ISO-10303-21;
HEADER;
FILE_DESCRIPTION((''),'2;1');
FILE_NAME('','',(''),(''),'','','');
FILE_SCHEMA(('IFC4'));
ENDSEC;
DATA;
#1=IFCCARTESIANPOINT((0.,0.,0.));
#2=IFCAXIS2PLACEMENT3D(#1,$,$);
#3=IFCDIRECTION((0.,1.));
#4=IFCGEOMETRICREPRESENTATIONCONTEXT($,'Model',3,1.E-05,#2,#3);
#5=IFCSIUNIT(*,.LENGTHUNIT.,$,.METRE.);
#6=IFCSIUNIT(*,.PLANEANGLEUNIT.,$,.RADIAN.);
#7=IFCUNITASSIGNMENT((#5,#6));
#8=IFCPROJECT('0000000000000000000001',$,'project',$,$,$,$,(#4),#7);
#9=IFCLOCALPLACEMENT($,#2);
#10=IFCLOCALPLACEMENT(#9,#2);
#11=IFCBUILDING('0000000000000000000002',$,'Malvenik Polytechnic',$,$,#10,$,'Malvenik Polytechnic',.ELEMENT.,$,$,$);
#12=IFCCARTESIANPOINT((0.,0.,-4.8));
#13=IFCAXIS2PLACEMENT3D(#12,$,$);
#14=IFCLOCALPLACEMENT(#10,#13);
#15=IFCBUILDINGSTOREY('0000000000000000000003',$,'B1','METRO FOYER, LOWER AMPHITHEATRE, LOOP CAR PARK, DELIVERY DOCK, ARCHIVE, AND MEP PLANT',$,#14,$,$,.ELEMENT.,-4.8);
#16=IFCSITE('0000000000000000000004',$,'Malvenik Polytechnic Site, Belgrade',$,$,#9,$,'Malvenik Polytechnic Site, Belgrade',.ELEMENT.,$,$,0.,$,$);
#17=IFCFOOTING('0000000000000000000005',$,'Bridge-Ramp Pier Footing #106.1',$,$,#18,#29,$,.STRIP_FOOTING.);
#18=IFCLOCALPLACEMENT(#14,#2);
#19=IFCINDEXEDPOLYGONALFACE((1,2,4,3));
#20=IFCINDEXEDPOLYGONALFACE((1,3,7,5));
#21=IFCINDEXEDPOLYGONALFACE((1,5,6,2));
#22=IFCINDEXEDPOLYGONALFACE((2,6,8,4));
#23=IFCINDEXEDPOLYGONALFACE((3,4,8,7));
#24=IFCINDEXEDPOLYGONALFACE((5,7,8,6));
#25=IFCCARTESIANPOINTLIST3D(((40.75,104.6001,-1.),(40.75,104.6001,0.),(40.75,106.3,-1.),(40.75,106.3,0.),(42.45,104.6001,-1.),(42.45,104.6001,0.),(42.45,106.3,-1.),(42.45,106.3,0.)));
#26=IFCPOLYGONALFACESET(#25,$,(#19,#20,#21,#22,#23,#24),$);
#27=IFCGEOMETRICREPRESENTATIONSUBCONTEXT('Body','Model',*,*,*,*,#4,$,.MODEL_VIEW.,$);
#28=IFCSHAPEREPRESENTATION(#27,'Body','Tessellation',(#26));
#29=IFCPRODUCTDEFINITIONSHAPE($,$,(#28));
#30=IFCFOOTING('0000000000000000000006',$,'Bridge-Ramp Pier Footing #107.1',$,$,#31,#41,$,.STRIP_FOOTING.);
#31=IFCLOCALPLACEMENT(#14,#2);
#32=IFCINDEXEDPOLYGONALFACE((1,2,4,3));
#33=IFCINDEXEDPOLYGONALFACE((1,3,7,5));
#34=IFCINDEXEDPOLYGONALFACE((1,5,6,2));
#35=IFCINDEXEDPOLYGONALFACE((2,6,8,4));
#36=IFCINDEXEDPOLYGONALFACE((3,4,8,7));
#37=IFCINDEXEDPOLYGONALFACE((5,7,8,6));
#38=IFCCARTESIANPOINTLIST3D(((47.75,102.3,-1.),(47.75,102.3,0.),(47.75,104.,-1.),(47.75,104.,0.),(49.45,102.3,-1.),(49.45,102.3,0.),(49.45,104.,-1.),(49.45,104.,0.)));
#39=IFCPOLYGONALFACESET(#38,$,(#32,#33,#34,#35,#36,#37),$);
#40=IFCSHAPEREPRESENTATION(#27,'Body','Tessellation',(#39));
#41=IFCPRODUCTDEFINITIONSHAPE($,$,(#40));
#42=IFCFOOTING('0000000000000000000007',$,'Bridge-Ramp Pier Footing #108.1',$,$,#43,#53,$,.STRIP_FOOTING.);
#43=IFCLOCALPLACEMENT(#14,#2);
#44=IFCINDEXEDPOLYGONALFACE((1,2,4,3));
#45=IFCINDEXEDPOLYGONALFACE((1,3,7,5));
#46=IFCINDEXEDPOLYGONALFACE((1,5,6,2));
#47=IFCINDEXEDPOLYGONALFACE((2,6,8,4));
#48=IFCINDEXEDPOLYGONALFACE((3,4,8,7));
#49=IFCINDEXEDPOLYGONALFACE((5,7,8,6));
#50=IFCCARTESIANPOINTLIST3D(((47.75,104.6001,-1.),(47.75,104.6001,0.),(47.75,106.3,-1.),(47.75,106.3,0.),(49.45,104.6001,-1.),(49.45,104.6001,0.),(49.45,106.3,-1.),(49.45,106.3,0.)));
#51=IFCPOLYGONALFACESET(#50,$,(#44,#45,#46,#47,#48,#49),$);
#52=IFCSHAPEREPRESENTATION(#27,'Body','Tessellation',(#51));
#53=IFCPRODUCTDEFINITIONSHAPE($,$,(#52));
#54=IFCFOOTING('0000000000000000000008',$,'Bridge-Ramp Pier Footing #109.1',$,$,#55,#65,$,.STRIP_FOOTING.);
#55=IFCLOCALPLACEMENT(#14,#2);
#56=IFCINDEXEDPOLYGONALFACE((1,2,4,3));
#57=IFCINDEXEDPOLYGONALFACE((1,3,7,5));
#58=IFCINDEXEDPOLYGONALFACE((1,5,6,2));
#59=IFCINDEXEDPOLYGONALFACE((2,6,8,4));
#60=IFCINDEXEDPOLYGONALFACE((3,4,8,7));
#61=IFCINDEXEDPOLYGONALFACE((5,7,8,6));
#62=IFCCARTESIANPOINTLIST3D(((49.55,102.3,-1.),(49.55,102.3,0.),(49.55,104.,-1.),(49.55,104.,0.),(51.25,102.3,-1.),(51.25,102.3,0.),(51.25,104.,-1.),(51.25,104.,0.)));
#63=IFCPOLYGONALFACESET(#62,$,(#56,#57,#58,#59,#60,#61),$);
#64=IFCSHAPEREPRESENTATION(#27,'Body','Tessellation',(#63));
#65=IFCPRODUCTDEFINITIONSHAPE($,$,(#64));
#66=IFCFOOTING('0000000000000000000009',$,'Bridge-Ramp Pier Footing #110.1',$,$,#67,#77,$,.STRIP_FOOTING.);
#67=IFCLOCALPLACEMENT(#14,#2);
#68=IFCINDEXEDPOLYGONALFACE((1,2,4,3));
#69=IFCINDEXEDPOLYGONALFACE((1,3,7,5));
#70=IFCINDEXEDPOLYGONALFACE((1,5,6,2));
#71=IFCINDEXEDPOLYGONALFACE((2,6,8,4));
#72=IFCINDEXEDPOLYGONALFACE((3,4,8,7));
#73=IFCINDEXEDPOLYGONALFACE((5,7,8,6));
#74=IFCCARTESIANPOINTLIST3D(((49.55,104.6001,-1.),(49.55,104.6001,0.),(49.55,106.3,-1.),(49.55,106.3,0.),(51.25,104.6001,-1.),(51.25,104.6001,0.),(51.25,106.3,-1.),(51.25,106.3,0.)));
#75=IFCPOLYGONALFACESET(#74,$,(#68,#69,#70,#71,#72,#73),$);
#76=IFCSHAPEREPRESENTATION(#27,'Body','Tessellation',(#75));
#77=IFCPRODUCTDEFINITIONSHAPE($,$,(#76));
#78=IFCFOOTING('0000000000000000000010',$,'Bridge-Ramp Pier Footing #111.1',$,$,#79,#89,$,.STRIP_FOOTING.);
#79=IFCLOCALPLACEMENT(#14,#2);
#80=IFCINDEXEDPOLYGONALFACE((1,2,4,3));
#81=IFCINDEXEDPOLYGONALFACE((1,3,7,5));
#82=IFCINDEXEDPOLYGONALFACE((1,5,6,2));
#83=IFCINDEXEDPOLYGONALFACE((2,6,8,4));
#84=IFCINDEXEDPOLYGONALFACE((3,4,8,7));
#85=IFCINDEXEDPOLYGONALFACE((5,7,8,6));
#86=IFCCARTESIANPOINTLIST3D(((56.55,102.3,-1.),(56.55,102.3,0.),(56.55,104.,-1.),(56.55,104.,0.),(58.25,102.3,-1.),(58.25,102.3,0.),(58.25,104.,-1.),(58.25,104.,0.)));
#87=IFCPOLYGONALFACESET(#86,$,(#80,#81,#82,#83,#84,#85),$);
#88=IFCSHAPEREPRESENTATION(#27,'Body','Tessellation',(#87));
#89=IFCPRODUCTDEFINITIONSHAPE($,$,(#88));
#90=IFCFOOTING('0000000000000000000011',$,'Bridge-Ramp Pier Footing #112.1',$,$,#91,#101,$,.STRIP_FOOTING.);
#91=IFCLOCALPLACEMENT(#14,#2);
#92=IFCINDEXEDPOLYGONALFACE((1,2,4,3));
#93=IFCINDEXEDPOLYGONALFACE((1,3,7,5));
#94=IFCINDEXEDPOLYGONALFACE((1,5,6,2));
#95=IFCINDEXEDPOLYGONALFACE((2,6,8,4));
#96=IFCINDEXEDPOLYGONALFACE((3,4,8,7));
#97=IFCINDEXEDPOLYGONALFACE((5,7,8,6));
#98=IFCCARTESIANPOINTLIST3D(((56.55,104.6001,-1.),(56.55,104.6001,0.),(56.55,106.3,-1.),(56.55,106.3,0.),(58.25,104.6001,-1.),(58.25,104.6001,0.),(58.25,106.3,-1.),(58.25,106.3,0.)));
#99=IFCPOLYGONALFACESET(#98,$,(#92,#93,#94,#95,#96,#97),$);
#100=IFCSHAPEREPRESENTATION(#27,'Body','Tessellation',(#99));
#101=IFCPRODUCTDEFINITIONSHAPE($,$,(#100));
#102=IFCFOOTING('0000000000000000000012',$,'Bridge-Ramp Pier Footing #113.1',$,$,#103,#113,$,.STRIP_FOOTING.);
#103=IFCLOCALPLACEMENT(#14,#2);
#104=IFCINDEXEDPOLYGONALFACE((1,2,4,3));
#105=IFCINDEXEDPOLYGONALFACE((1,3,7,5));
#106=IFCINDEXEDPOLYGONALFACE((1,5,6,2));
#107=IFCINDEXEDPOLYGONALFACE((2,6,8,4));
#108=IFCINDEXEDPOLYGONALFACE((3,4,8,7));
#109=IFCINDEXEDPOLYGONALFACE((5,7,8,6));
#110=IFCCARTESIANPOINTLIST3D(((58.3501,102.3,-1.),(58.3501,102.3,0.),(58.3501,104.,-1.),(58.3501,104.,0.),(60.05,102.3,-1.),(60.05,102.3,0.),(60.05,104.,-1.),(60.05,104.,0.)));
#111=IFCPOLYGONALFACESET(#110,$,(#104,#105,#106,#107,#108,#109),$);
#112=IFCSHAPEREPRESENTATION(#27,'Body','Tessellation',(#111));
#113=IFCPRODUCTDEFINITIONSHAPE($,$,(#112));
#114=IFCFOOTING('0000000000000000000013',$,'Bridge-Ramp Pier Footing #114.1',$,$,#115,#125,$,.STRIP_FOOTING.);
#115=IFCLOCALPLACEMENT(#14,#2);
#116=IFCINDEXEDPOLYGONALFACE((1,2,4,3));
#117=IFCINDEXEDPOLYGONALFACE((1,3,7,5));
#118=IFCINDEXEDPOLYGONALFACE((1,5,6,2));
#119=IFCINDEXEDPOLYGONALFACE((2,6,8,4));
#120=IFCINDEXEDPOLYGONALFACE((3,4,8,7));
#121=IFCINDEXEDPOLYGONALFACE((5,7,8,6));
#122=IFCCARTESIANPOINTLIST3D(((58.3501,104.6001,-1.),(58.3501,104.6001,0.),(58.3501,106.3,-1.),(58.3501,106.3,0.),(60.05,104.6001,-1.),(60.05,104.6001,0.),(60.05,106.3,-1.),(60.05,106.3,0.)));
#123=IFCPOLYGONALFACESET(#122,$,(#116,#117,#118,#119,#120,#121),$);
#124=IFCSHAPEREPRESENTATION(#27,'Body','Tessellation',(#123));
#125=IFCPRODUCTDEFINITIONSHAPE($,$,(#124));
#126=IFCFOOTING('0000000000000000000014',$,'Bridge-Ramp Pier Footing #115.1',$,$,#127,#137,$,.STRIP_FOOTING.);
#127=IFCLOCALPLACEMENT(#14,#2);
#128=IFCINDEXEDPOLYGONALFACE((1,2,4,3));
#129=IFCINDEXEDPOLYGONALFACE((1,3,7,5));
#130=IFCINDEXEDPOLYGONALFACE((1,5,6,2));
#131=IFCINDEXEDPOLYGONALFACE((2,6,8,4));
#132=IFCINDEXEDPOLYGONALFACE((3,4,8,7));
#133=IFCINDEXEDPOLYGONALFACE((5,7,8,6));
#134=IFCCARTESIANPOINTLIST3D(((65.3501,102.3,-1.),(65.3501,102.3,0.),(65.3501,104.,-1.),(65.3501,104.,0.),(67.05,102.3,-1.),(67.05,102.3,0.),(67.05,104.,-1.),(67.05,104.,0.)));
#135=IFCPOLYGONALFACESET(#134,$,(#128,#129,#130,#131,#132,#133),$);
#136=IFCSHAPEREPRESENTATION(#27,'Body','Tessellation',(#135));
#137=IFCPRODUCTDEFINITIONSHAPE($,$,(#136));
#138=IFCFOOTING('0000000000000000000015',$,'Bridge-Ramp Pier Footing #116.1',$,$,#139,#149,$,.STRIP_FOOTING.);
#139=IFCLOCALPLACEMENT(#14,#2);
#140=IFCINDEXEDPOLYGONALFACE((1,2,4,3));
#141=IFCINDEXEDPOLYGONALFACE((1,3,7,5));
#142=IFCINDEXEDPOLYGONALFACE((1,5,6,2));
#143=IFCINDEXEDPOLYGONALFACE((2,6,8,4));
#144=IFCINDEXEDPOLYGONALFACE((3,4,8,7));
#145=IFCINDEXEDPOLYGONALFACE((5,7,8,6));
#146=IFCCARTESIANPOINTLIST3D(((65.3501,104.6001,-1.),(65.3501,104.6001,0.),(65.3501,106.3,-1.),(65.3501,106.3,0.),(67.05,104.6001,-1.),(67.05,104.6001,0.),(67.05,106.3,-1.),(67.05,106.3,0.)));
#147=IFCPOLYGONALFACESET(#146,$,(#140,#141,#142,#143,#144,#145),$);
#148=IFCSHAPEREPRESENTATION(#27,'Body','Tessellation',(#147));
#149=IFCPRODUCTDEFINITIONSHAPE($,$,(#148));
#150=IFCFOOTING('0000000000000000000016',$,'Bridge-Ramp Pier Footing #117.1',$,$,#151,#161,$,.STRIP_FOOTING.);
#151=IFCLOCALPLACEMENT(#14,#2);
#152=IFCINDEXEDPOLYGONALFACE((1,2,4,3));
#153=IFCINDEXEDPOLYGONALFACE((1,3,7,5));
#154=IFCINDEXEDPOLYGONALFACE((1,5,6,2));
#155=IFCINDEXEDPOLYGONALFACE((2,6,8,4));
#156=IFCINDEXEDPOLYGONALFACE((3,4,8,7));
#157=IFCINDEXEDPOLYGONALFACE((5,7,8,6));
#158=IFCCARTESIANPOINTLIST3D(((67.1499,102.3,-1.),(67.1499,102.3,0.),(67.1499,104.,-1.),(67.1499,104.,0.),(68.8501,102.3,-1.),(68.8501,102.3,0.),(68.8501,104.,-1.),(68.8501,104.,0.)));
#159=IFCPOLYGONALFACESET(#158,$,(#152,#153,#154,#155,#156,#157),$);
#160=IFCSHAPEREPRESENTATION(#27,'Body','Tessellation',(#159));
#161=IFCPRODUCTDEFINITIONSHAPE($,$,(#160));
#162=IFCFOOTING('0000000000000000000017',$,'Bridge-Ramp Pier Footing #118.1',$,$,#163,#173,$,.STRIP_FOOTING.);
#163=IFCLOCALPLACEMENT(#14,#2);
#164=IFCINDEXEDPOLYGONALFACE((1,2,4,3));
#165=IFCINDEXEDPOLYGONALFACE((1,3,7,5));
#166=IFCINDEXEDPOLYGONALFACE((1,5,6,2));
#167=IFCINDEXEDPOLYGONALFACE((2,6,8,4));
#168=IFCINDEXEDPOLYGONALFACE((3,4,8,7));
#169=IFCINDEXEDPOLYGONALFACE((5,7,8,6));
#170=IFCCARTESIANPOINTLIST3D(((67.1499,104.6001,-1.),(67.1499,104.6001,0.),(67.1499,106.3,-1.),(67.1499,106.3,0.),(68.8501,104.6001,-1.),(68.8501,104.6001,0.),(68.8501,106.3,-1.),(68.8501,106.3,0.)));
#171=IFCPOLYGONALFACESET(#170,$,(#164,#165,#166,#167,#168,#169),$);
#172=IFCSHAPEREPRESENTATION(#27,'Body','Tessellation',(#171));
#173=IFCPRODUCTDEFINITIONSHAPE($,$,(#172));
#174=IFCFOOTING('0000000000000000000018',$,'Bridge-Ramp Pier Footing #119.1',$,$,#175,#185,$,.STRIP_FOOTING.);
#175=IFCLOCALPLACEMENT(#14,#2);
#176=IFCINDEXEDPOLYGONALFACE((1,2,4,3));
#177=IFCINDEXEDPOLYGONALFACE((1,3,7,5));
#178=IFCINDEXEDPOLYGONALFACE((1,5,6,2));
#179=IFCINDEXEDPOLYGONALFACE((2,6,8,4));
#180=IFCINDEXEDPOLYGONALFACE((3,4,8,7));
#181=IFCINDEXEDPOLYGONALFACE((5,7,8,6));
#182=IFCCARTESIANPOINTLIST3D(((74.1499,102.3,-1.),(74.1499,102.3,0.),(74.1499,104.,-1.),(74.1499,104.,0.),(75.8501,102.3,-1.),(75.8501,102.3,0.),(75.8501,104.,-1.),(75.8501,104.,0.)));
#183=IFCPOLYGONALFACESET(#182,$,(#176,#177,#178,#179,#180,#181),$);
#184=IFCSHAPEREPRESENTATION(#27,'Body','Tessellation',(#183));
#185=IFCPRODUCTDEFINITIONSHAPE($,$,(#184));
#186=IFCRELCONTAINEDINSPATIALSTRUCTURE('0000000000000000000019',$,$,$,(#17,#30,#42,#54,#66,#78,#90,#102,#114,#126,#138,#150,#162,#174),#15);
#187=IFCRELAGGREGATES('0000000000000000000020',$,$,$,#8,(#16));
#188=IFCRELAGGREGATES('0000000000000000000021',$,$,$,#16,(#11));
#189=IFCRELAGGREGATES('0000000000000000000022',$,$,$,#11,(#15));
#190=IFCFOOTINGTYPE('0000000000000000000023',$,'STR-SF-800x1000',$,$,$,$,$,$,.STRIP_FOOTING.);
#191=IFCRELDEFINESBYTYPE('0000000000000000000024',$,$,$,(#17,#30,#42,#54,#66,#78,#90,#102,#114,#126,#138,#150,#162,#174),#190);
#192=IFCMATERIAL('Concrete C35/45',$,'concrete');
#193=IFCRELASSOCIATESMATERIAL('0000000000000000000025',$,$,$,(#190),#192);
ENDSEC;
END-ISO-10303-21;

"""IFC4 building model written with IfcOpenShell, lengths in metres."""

from ifc_helpers import new_model, si_unit, direction, frame, origin, place, context, subcontext, project, spatial, polyline, outline, extrude, material, type_object, element, save


model = new_model("IFC4")

# Units and contexts
model_context = context("Model", 3, precision=1e-05, world=origin(), true_north=direction((0.0, 1.0)))
body_context = subcontext(model_context, "Body", "Model", "MODEL_VIEW")
ifc_project = project(units=[si_unit("LENGTHUNIT", "METRE"), si_unit("PLANEANGLEUNIT", "RADIAN")], contexts=[model_context])

# Site, building, storey
site_placement = place(None, origin())
site = spatial("IfcSite", under=ifc_project, at=site_placement, Name="Malvenik Polytechnic Site, Belgrade", LongName="Malvenik Polytechnic Site, Belgrade", CompositionType="ELEMENT", RefElevation=0.0)
building_placement = place(site_placement, origin())
building = spatial("IfcBuilding", under=site, at=building_placement, Name="Malvenik Polytechnic", LongName="Malvenik Polytechnic", CompositionType="ELEMENT")
storey_placement = place(building_placement, frame((0.0, 0.0, -4.8)))
storey = spatial("IfcBuildingStorey", under=building, at=storey_placement, Name="B1", Description="METRO FOYER, LOWER AMPHITHEATRE, LOOP CAR PARK, DELIVERY DOCK, ARCHIVE, AND MEP PLANT", CompositionType="ELEMENT", Elevation=-4.8)

# Footings
ifc_material = material(Name="Concrete C35/45", Category="concrete")
footing_type = type_object("IfcFootingType", Name="STR-SF-800x1000", PredefinedType="STRIP_FOOTING", material=ifc_material)
footing_1_placement = place(storey_placement, frame((0.0, 0.0, -1.0)))
element("IfcFooting", 1, at=footing_1_placement, inside=storey, type_object=footing_type, Name="Bridge-Ramp Pier Footing #106.1", PredefinedType="STRIP_FOOTING", context=body_context, shape_type="SweptSolid", body=[
    extrude(outline(polyline([(40.75, 104.6001), (40.75, 106.3), (42.45, 106.3), (42.45, 104.6001), (40.75, 104.6001)])), origin(), (0.0, 0.0, 1.0), 1.0),
])
footing_2_placement = place(storey_placement, frame((0.0, 0.0, -1.0)))
element("IfcFooting", 2, at=footing_2_placement, inside=storey, type_object=footing_type, Name="Bridge-Ramp Pier Footing #107.1", PredefinedType="STRIP_FOOTING", context=body_context, shape_type="SweptSolid", body=[
    extrude(outline(polyline([(47.75, 102.3), (47.75, 104.0), (49.45, 104.0), (49.45, 102.3), (47.75, 102.3)])), origin(), (0.0, 0.0, 1.0), 1.0),
])
footing_3_placement = place(storey_placement, frame((0.0, 0.0, -1.0)))
element("IfcFooting", 3, at=footing_3_placement, inside=storey, type_object=footing_type, Name="Bridge-Ramp Pier Footing #108.1", PredefinedType="STRIP_FOOTING", context=body_context, shape_type="SweptSolid", body=[
    extrude(outline(polyline([(47.75, 104.6001), (47.75, 106.3), (49.45, 106.3), (49.45, 104.6001), (47.75, 104.6001)])), origin(), (0.0, 0.0, 1.0), 1.0),
])
footing_4_placement = place(storey_placement, frame((0.0, 0.0, -1.0)))
element("IfcFooting", 4, at=footing_4_placement, inside=storey, type_object=footing_type, Name="Bridge-Ramp Pier Footing #109.1", PredefinedType="STRIP_FOOTING", context=body_context, shape_type="SweptSolid", body=[
    extrude(outline(polyline([(49.55, 102.3), (49.55, 104.0), (51.25, 104.0), (51.25, 102.3), (49.55, 102.3)])), origin(), (0.0, 0.0, 1.0), 1.0),
])
footing_5_placement = place(storey_placement, frame((0.0, 0.0, -1.0)))
element("IfcFooting", 5, at=footing_5_placement, inside=storey, type_object=footing_type, Name="Bridge-Ramp Pier Footing #110.1", PredefinedType="STRIP_FOOTING", context=body_context, shape_type="SweptSolid", body=[
    extrude(outline(polyline([(49.55, 104.6001), (49.55, 106.3), (51.25, 106.3), (51.25, 104.6001), (49.55, 104.6001)])), origin(), (0.0, 0.0, 1.0), 1.0),
])
footing_6_placement = place(storey_placement, frame((0.0, 0.0, -1.0)))
element("IfcFooting", 6, at=footing_6_placement, inside=storey, type_object=footing_type, Name="Bridge-Ramp Pier Footing #111.1", PredefinedType="STRIP_FOOTING", context=body_context, shape_type="SweptSolid", body=[
    extrude(outline(polyline([(56.55, 102.3), (56.55, 104.0), (58.25, 104.0), (58.25, 102.3), (56.55, 102.3)])), origin(), (0.0, 0.0, 1.0), 1.0),
])
footing_7_placement = place(storey_placement, frame((0.0, 0.0, -1.0)))
element("IfcFooting", 7, at=footing_7_placement, inside=storey, type_object=footing_type, Name="Bridge-Ramp Pier Footing #112.1", PredefinedType="STRIP_FOOTING", context=body_context, shape_type="SweptSolid", body=[
    extrude(outline(polyline([(56.55, 104.6001), (56.55, 106.3), (58.25, 106.3), (58.25, 104.6001), (56.55, 104.6001)])), origin(), (0.0, 0.0, 1.0), 1.0),
])
footing_8_placement = place(storey_placement, frame((0.0, 0.0, -1.0)))
element("IfcFooting", 8, at=footing_8_placement, inside=storey, type_object=footing_type, Name="Bridge-Ramp Pier Footing #113.1", PredefinedType="STRIP_FOOTING", context=body_context, shape_type="SweptSolid", body=[
    extrude(outline(polyline([(58.3501, 102.3), (58.3501, 104.0), (60.05, 104.0), (60.05, 102.3), (58.3501, 102.3)])), origin(), (0.0, 0.0, 1.0), 1.0),
])
footing_9_placement = place(storey_placement, frame((0.0, 0.0, -1.0)))
element("IfcFooting", 9, at=footing_9_placement, inside=storey, type_object=footing_type, Name="Bridge-Ramp Pier Footing #114.1", PredefinedType="STRIP_FOOTING", context=body_context, shape_type="SweptSolid", body=[
    extrude(outline(polyline([(58.3501, 104.6001), (58.3501, 106.3), (60.05, 106.3), (60.05, 104.6001), (58.3501, 104.6001)])), origin(), (0.0, 0.0, 1.0), 1.0),
])
footing_10_placement = place(storey_placement, frame((0.0, 0.0, -1.0)))
element("IfcFooting", 10, at=footing_10_placement, inside=storey, type_object=footing_type, Name="Bridge-Ramp Pier Footing #115.1", PredefinedType="STRIP_FOOTING", context=body_context, shape_type="SweptSolid", body=[
    extrude(outline(polyline([(65.3501, 102.3), (65.3501, 104.0), (67.05, 104.0), (67.05, 102.3), (65.3501, 102.3)])), origin(), (0.0, 0.0, 1.0), 1.0),
])
footing_11_placement = place(storey_placement, frame((0.0, 0.0, -1.0)))
element("IfcFooting", 11, at=footing_11_placement, inside=storey, type_object=footing_type, Name="Bridge-Ramp Pier Footing #116.1", PredefinedType="STRIP_FOOTING", context=body_context, shape_type="SweptSolid", body=[
    extrude(outline(polyline([(65.3501, 104.6001), (65.3501, 106.3), (67.05, 106.3), (67.05, 104.6001), (65.3501, 104.6001)])), origin(), (0.0, 0.0, 1.0), 1.0),
])
footing_12_placement = place(storey_placement, frame((0.0, 0.0, -1.0)))
element("IfcFooting", 12, at=footing_12_placement, inside=storey, type_object=footing_type, Name="Bridge-Ramp Pier Footing #117.1", PredefinedType="STRIP_FOOTING", context=body_context, shape_type="SweptSolid", body=[
    extrude(outline(polyline([(67.1499, 102.3), (67.1499, 104.0), (68.8501, 104.0), (68.8501, 102.3), (67.1499, 102.3)])), origin(), (0.0, 0.0, 1.0), 1.0),
])
footing_13_placement = place(storey_placement, frame((0.0, 0.0, -1.0)))
element("IfcFooting", 13, at=footing_13_placement, inside=storey, type_object=footing_type, Name="Bridge-Ramp Pier Footing #118.1", PredefinedType="STRIP_FOOTING", context=body_context, shape_type="SweptSolid", body=[
    extrude(outline(polyline([(67.1499, 104.6001), (67.1499, 106.3), (68.8501, 106.3), (68.8501, 104.6001), (67.1499, 104.6001)])), origin(), (0.0, 0.0, 1.0), 1.0),
])
footing_14_placement = place(storey_placement, frame((0.0, 0.0, -1.0)))
element("IfcFooting", 14, at=footing_14_placement, inside=storey, type_object=footing_type, Name="Bridge-Ramp Pier Footing #119.1", PredefinedType="STRIP_FOOTING", context=body_context, shape_type="SweptSolid", body=[
    extrude(outline(polyline([(74.1499, 102.3), (74.1499, 104.0), (75.8501, 104.0), (75.8501, 102.3), (74.1499, 102.3)])), origin(), (0.0, 0.0, 1.0), 1.0),
])

save(model, "model.ifc")
